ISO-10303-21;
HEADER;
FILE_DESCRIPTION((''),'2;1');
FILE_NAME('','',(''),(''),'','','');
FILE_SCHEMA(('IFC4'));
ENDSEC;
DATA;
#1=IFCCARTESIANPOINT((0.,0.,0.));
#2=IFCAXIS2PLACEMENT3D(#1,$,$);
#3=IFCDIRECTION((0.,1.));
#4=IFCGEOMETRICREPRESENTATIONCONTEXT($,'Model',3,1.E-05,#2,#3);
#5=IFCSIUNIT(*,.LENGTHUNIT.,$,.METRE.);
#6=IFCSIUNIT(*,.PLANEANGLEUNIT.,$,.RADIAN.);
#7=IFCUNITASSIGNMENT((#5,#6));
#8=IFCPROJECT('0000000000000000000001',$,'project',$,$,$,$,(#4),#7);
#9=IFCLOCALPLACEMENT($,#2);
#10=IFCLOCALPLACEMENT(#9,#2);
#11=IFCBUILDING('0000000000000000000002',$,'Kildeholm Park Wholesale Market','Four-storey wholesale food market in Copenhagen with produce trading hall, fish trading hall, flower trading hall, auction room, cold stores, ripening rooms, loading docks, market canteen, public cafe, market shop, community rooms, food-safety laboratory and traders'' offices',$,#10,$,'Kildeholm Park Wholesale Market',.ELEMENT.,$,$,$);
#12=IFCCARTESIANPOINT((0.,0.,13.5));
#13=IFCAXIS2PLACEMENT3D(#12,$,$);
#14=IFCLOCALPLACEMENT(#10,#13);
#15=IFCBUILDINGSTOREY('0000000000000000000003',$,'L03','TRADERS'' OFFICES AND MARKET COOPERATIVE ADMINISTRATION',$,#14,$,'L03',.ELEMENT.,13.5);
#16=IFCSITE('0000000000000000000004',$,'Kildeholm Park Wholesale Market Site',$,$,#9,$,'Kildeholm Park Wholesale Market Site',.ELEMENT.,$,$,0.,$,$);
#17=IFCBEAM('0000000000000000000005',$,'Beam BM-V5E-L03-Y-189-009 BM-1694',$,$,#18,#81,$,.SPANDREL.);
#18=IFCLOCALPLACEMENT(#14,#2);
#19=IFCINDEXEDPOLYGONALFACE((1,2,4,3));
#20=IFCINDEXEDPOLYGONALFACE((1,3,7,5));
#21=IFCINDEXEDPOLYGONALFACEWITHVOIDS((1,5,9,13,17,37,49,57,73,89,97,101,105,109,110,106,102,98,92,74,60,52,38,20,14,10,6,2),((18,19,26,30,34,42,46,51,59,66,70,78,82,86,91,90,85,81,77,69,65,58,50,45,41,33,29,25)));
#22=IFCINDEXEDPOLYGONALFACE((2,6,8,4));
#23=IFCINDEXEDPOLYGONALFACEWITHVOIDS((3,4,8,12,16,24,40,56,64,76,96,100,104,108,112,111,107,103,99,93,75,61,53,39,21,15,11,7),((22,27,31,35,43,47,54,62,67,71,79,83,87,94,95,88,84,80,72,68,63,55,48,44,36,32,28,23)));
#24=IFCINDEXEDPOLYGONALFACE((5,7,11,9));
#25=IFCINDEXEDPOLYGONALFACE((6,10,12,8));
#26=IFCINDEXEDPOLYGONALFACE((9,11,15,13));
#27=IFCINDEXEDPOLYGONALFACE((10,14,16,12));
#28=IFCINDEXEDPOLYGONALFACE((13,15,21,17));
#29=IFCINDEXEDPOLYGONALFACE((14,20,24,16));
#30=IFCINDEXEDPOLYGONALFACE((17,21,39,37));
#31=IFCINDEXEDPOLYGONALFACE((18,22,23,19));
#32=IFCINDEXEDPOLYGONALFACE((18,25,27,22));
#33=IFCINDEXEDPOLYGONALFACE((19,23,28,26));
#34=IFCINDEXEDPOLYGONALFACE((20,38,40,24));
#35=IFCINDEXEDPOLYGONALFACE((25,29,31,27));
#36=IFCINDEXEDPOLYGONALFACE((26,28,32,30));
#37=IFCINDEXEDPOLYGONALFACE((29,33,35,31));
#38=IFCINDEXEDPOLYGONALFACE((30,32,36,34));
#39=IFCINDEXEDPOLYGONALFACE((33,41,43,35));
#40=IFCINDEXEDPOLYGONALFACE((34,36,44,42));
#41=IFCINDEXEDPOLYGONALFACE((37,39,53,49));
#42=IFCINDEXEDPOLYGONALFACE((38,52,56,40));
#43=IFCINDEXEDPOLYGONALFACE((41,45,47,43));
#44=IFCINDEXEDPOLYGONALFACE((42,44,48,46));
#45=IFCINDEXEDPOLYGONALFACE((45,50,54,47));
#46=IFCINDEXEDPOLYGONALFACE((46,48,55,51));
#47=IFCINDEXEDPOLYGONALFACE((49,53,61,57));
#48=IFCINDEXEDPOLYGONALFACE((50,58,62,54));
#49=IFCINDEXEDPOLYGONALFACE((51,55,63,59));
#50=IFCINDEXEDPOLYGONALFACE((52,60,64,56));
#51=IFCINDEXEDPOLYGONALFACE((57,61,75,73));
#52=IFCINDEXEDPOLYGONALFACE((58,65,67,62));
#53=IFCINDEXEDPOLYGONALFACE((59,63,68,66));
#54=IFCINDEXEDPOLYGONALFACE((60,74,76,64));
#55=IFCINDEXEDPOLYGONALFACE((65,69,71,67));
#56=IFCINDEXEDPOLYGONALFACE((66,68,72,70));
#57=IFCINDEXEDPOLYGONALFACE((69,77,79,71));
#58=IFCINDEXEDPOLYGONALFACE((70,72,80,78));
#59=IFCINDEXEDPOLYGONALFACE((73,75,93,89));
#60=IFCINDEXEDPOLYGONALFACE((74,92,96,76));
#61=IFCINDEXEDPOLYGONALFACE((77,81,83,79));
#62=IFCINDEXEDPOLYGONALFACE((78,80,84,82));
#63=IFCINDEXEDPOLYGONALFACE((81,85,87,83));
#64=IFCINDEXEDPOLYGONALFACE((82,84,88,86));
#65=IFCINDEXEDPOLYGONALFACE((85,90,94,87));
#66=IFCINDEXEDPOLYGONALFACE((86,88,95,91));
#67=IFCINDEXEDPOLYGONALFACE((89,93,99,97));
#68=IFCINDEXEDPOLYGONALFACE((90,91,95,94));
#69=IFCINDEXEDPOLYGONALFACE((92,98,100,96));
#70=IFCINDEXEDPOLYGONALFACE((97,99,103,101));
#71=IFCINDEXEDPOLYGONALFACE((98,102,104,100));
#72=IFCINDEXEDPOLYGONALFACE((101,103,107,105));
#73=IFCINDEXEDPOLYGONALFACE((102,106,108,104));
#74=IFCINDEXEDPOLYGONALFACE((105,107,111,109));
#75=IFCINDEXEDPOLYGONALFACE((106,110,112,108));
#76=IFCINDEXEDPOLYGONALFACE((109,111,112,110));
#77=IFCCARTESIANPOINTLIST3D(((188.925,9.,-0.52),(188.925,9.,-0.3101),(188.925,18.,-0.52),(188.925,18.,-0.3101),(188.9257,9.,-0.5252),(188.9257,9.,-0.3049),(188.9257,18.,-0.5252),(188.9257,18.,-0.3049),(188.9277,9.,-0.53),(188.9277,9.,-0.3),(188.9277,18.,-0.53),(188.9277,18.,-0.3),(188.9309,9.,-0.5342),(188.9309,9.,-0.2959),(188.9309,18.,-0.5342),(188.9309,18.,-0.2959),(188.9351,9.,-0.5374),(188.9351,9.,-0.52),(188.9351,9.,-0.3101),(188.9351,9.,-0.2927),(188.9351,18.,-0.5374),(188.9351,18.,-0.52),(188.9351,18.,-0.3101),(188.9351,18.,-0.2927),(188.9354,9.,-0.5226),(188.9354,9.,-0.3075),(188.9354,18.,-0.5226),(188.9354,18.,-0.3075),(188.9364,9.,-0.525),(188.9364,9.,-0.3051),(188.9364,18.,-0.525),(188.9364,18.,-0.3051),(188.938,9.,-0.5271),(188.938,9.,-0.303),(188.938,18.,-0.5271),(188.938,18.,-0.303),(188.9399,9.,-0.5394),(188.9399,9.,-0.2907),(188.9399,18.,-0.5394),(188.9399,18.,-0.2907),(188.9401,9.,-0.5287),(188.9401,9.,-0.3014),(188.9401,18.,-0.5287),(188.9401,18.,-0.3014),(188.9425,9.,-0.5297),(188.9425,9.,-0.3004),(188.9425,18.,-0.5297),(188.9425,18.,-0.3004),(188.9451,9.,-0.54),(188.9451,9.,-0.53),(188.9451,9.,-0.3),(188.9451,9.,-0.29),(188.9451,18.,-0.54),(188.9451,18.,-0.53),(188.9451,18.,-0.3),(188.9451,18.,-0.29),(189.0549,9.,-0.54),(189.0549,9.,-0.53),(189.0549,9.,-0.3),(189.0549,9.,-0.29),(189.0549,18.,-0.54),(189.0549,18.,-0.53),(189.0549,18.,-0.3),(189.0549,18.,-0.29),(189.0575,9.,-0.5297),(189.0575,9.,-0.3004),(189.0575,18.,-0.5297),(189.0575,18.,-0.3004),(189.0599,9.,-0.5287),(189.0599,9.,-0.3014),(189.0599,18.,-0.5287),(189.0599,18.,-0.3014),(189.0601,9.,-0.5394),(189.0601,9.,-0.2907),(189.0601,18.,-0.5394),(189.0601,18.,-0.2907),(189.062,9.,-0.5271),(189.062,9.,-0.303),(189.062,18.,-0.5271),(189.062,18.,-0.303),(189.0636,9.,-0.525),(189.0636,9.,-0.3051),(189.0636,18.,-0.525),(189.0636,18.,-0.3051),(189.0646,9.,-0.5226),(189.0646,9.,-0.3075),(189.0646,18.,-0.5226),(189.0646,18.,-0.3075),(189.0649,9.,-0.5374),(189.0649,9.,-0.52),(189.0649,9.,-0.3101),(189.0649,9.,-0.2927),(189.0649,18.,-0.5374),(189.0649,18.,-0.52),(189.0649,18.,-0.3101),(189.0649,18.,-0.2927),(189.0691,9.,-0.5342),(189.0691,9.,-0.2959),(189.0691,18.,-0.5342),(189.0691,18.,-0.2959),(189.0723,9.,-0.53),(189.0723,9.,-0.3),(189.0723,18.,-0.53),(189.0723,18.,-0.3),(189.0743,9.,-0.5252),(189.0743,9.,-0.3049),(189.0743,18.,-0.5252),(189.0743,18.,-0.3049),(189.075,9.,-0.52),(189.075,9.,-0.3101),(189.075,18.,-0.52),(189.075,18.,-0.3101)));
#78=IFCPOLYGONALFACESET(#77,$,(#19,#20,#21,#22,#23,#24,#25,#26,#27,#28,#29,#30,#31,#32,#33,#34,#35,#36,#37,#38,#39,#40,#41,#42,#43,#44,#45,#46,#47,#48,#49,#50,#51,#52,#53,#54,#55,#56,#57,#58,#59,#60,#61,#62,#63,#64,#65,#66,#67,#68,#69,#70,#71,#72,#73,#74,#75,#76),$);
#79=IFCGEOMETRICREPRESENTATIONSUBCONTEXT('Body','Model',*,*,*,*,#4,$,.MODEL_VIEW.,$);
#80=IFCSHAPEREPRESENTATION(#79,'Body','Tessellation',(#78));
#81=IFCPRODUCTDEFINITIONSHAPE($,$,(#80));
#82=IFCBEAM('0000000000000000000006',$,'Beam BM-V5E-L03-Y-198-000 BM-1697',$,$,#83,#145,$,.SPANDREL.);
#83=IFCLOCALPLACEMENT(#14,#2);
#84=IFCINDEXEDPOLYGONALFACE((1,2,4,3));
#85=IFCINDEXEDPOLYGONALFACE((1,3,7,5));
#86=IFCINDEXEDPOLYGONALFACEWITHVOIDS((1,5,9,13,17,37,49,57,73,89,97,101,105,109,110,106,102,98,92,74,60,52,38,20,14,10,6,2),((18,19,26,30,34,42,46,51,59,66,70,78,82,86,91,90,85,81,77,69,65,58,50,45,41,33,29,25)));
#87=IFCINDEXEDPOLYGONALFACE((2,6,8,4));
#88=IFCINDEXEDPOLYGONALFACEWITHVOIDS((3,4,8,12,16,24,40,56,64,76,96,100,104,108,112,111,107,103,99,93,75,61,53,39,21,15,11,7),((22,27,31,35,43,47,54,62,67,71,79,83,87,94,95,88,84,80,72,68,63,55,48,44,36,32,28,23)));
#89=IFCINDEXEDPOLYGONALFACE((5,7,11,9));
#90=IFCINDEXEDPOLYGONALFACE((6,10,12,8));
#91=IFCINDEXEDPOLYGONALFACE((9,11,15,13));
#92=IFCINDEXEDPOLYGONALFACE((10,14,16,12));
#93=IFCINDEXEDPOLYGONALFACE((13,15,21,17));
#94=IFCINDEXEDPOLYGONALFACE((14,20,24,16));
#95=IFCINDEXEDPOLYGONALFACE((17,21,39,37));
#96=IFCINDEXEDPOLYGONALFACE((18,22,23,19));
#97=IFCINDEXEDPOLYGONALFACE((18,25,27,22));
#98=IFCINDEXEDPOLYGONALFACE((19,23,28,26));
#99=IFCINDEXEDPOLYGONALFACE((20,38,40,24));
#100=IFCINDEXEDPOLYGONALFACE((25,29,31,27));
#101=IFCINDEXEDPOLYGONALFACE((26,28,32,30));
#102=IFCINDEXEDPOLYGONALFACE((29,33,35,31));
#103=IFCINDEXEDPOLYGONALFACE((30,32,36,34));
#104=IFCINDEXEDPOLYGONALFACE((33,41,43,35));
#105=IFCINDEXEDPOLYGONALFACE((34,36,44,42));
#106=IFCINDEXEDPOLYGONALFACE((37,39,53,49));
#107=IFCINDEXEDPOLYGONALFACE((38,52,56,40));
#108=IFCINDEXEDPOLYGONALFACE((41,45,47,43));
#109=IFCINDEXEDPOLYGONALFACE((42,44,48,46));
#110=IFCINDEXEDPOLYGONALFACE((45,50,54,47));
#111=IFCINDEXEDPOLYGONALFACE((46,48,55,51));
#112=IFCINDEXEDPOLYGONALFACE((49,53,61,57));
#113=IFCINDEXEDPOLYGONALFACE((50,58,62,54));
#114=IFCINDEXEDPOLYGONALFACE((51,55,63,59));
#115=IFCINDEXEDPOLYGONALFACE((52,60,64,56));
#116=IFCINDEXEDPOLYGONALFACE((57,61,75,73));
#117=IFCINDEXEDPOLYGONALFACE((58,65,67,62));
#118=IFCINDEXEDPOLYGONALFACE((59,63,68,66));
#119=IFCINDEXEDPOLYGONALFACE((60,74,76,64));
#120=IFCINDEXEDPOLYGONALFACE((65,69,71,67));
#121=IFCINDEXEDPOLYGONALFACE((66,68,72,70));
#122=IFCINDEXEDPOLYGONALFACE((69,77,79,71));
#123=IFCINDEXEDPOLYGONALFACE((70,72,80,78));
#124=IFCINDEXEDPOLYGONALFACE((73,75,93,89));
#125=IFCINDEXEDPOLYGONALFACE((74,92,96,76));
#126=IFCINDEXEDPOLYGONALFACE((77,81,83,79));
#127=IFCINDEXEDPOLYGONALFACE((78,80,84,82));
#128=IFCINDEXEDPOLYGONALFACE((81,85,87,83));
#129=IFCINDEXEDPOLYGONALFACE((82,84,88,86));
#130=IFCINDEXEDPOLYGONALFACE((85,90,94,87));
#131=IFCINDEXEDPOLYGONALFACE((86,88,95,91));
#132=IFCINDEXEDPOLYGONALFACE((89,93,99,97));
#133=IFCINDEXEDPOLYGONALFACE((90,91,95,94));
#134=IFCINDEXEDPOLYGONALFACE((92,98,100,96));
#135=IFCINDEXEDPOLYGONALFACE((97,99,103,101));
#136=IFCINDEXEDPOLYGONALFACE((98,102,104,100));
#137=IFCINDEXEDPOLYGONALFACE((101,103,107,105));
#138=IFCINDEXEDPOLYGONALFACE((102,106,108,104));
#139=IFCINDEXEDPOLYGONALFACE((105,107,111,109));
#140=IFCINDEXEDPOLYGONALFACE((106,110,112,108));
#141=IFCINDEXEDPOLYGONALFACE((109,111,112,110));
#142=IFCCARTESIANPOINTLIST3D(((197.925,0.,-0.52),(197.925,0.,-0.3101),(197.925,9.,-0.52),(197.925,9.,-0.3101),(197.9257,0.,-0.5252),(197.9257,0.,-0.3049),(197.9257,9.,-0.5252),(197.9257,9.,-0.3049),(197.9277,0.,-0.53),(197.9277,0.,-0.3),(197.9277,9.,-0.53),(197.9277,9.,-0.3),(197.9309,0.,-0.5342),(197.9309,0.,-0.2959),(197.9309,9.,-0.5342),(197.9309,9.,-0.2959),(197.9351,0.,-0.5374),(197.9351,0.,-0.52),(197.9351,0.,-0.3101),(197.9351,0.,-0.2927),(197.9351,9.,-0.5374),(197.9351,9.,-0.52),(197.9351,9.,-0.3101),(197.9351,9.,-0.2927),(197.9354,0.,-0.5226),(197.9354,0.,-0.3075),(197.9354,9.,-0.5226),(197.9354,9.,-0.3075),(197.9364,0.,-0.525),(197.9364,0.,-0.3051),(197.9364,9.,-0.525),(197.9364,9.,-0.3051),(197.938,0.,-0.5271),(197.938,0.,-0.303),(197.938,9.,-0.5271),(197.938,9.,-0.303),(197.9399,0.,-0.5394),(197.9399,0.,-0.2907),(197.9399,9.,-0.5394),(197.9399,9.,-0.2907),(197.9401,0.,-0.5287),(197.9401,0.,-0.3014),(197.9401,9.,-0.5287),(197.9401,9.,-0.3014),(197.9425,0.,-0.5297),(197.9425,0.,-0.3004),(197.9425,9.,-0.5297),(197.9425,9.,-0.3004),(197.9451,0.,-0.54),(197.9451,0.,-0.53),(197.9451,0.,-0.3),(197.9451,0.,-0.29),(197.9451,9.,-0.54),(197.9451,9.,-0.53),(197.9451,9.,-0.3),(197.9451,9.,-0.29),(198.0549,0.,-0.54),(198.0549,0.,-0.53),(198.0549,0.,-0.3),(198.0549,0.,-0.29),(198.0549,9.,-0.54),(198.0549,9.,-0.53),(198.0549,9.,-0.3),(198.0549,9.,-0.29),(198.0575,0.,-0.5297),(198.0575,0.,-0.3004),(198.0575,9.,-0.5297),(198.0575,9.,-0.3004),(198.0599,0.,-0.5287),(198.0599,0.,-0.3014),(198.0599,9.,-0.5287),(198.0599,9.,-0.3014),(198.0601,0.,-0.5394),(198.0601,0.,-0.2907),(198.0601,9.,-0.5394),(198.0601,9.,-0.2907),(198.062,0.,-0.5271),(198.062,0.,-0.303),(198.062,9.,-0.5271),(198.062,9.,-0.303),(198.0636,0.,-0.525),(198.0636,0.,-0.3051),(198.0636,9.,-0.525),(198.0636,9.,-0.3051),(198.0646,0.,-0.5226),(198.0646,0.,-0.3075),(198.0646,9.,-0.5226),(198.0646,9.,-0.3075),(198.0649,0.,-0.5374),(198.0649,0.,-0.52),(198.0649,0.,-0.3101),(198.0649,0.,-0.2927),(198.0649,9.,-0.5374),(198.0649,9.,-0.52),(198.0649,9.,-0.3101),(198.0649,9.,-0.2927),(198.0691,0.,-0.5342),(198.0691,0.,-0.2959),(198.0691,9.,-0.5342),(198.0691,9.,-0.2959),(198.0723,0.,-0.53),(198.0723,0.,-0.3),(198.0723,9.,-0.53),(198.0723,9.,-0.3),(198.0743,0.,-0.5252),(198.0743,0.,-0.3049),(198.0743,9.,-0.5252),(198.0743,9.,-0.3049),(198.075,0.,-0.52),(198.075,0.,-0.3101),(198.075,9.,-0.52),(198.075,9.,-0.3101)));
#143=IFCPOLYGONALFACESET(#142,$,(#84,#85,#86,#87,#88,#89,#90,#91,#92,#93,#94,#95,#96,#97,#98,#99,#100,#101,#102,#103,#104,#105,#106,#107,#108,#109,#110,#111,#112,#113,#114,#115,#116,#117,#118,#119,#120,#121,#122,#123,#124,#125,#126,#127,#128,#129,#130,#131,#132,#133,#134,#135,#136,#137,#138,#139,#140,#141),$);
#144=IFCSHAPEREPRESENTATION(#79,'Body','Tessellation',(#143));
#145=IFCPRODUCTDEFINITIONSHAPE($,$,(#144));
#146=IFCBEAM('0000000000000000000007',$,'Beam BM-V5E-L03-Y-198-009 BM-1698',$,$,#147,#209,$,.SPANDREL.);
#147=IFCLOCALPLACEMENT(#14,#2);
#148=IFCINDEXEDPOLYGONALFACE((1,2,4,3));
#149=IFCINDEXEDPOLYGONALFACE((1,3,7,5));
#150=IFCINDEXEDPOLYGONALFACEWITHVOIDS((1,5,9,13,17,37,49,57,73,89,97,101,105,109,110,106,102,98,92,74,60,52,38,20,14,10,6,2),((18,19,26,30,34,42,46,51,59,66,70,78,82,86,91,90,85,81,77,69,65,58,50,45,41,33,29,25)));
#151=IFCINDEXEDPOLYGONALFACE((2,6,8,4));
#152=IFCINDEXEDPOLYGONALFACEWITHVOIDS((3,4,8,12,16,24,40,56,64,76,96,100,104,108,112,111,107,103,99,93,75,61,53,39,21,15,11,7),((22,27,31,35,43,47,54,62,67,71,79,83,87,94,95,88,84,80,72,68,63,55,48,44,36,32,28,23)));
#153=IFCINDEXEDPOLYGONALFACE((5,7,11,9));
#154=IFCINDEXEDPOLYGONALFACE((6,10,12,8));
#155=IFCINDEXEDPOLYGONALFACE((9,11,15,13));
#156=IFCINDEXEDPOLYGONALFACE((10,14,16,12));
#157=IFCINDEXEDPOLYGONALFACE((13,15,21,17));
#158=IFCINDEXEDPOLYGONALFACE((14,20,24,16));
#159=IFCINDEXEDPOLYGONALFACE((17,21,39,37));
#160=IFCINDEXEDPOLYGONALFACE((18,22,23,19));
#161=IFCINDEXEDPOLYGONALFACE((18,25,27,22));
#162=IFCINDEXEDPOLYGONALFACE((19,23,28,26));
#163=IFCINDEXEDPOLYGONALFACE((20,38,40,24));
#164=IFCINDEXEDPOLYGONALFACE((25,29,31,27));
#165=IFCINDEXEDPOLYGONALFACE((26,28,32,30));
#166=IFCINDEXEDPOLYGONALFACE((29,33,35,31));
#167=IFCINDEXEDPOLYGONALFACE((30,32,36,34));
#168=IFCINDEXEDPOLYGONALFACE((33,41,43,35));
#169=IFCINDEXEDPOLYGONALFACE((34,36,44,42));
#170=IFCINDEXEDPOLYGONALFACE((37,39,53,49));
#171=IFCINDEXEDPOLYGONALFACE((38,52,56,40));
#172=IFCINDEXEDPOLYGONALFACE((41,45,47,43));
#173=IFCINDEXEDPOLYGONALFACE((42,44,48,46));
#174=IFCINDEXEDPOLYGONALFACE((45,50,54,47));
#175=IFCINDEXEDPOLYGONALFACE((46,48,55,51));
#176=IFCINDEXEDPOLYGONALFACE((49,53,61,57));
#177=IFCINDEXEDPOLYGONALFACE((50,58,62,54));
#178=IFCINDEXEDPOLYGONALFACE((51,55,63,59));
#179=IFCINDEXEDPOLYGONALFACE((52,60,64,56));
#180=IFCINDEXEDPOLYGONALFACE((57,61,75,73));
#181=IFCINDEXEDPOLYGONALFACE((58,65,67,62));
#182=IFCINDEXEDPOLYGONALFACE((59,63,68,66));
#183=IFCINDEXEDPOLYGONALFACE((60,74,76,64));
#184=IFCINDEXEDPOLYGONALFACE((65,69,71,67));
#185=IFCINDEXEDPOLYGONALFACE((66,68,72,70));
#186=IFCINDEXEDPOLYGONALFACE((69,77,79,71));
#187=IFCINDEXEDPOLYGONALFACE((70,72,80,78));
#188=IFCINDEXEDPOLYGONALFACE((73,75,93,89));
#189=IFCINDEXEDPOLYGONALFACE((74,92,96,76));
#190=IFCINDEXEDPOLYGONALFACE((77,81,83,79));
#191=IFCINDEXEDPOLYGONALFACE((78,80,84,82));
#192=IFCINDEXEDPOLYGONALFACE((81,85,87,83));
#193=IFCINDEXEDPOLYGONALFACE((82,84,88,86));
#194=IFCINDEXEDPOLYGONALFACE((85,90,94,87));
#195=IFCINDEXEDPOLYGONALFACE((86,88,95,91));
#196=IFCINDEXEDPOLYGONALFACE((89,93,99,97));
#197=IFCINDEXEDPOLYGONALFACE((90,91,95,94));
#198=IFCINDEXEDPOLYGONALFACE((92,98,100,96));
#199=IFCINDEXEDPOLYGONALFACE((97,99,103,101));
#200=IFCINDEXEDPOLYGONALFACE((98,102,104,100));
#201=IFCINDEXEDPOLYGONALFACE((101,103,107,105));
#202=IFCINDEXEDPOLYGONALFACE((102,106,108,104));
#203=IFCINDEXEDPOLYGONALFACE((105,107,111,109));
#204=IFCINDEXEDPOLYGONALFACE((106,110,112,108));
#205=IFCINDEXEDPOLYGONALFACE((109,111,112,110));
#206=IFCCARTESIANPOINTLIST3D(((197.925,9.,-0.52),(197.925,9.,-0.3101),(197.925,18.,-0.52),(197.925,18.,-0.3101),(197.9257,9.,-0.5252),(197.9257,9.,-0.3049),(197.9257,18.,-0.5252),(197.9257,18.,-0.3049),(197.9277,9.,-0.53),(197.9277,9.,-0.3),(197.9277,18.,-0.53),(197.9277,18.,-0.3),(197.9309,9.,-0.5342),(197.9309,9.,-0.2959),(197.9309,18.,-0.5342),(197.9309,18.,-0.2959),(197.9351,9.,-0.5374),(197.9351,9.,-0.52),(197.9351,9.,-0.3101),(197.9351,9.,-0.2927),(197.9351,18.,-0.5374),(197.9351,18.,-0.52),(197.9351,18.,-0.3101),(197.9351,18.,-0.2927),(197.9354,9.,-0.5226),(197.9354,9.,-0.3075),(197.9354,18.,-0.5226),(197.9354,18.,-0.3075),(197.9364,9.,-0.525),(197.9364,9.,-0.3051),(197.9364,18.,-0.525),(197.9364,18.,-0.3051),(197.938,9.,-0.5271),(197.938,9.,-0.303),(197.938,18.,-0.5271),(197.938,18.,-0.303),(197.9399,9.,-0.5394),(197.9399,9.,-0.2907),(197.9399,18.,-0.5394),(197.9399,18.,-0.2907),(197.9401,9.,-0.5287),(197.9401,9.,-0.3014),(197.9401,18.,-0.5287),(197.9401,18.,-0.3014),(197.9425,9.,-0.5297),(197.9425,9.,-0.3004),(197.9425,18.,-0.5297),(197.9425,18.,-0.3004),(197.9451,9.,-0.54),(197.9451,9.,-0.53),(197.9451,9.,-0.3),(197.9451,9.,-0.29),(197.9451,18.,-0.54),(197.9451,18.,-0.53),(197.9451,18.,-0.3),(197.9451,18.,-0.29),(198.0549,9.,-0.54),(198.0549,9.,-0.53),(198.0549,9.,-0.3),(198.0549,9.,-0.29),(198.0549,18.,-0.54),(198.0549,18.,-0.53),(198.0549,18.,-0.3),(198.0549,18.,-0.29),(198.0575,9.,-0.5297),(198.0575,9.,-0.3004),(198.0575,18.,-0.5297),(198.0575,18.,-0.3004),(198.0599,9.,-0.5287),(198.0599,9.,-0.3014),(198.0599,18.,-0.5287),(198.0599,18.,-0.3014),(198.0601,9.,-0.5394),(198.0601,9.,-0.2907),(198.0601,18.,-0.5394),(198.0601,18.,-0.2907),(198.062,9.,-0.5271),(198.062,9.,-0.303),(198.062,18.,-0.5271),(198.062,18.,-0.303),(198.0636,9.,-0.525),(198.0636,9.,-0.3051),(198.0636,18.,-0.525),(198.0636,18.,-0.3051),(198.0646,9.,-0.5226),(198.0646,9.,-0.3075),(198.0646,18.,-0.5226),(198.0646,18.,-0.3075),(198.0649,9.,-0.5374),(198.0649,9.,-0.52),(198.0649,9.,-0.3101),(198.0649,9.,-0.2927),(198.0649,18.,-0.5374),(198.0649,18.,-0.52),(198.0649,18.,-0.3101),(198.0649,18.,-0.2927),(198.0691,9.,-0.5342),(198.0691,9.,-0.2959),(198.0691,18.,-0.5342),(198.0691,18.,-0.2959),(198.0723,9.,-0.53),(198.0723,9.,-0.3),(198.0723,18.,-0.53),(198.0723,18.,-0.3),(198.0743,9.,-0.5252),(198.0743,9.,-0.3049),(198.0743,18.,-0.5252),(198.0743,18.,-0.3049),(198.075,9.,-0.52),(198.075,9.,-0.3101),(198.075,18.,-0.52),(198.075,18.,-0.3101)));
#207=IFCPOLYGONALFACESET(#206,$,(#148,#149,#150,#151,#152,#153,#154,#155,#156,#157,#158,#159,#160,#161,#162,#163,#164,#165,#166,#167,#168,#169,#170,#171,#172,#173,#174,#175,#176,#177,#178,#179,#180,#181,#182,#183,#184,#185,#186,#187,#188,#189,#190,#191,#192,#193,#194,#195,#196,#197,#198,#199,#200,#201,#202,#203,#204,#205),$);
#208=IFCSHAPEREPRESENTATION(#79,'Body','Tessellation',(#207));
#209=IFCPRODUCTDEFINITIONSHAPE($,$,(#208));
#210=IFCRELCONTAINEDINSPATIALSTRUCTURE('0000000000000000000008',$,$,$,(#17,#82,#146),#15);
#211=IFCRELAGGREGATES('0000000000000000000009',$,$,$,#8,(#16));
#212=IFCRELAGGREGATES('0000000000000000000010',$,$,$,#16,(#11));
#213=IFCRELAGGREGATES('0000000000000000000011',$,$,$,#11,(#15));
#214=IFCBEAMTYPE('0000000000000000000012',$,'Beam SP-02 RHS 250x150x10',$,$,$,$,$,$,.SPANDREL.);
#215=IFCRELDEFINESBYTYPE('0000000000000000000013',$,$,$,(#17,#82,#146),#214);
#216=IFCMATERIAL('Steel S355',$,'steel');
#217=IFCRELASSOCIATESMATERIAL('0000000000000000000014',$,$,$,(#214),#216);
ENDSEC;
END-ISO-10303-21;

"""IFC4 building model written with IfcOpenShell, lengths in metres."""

from ifc_helpers import new_model, si_unit, direction, frame, origin, origin_2d, place, context, subcontext, project, spatial, hollow_rectangle, extrude, material, material_profile, profile_set, type_object, element, save


model = new_model("IFC4")

# Units and contexts
model_context = context("Model", 3, precision=1e-05, world=origin(), true_north=direction((0.0, 1.0)))
body_context = subcontext(model_context, "Body", "Model", "MODEL_VIEW")
ifc_project = project(units=[si_unit("LENGTHUNIT", "METRE"), si_unit("PLANEANGLEUNIT", "RADIAN")], contexts=[model_context])

# Site, building, storey
site_placement = place(None, origin())
site = spatial("IfcSite", under=ifc_project, at=site_placement, Name="Kildeholm Park Wholesale Market Site", LongName="Kildeholm Park Wholesale Market Site", CompositionType="ELEMENT", RefElevation=0.0)
building_placement = place(site_placement, origin())
building = spatial("IfcBuilding", under=site, at=building_placement, Name="Kildeholm Park Wholesale Market", Description="Four-storey wholesale food market in Copenhagen with produce trading hall, fish trading hall, flower trading hall, auction room, cold stores, ripening rooms, loading docks, market canteen, public cafe, market shop, community rooms, food-safety laboratory and traders' offices", LongName="Kildeholm Park Wholesale Market", CompositionType="ELEMENT")
storey_placement = place(building_placement, frame((0.0, 0.0, 13.5)))
storey = spatial("IfcBuildingStorey", under=building, at=storey_placement, Name="L03", Description="TRADERS' OFFICES AND MARKET COOPERATIVE ADMINISTRATION", LongName="L03", CompositionType="ELEMENT", Elevation=13.5)

# Shared definitions
ifc_material_1 = material(Name="Steel S355", Category="steel")

# Beams
ifc_material_profile_1 = material_profile(ifc_material_1, hollow_rectangle(XDim=0.1499, YDim=0.25, WallThickness=0.01, InnerFilletRadius=0.01, OuterFilletRadius=0.02, at=origin_2d()), Name="RHS 250x150x10")
ifc_profile_set_1 = profile_set([ifc_material_profile_1], Name="Steel S355")
beam_type_1 = type_object("IfcBeamType", Name="Beam SP-02 RHS 250x150x10", PredefinedType="SPANDREL", material=ifc_profile_set_1)
for number, where, z_axis, x_axis, name in (
    (1, (189.0, 9.0, -0.415), (0.0, 1.0, 0.0), (-1.0, 0.0, 0.0), "Beam BM-V5E-L03-Y-189-009 BM-1694"),
    (2, (198.0, 0.0, -0.415), (0.0, 1.0, 0.0), (-1.0, 0.0, 0.0), "Beam BM-V5E-L03-Y-198-000 BM-1697"),
    (3, (198.0, 9.0, -0.415), (0.0, 1.0, 0.0), (-1.0, 0.0, 0.0), "Beam BM-V5E-L03-Y-198-009 BM-1698"),
):
    element("IfcBeam", number, at=place(storey_placement, frame(where, z_axis=z_axis, x_axis=x_axis)), inside=storey, type_object=beam_type_1, Name=name, PredefinedType="SPANDREL", context=body_context, shape_type="SweptSolid", body=[
        extrude(hollow_rectangle(XDim=0.1499, YDim=0.25, WallThickness=0.01, InnerFilletRadius=0.01, OuterFilletRadius=0.02, at=origin_2d()), origin(), (0.0, 0.0, 1.0), 9.0),
    ])

save(model, "model.ifc")
